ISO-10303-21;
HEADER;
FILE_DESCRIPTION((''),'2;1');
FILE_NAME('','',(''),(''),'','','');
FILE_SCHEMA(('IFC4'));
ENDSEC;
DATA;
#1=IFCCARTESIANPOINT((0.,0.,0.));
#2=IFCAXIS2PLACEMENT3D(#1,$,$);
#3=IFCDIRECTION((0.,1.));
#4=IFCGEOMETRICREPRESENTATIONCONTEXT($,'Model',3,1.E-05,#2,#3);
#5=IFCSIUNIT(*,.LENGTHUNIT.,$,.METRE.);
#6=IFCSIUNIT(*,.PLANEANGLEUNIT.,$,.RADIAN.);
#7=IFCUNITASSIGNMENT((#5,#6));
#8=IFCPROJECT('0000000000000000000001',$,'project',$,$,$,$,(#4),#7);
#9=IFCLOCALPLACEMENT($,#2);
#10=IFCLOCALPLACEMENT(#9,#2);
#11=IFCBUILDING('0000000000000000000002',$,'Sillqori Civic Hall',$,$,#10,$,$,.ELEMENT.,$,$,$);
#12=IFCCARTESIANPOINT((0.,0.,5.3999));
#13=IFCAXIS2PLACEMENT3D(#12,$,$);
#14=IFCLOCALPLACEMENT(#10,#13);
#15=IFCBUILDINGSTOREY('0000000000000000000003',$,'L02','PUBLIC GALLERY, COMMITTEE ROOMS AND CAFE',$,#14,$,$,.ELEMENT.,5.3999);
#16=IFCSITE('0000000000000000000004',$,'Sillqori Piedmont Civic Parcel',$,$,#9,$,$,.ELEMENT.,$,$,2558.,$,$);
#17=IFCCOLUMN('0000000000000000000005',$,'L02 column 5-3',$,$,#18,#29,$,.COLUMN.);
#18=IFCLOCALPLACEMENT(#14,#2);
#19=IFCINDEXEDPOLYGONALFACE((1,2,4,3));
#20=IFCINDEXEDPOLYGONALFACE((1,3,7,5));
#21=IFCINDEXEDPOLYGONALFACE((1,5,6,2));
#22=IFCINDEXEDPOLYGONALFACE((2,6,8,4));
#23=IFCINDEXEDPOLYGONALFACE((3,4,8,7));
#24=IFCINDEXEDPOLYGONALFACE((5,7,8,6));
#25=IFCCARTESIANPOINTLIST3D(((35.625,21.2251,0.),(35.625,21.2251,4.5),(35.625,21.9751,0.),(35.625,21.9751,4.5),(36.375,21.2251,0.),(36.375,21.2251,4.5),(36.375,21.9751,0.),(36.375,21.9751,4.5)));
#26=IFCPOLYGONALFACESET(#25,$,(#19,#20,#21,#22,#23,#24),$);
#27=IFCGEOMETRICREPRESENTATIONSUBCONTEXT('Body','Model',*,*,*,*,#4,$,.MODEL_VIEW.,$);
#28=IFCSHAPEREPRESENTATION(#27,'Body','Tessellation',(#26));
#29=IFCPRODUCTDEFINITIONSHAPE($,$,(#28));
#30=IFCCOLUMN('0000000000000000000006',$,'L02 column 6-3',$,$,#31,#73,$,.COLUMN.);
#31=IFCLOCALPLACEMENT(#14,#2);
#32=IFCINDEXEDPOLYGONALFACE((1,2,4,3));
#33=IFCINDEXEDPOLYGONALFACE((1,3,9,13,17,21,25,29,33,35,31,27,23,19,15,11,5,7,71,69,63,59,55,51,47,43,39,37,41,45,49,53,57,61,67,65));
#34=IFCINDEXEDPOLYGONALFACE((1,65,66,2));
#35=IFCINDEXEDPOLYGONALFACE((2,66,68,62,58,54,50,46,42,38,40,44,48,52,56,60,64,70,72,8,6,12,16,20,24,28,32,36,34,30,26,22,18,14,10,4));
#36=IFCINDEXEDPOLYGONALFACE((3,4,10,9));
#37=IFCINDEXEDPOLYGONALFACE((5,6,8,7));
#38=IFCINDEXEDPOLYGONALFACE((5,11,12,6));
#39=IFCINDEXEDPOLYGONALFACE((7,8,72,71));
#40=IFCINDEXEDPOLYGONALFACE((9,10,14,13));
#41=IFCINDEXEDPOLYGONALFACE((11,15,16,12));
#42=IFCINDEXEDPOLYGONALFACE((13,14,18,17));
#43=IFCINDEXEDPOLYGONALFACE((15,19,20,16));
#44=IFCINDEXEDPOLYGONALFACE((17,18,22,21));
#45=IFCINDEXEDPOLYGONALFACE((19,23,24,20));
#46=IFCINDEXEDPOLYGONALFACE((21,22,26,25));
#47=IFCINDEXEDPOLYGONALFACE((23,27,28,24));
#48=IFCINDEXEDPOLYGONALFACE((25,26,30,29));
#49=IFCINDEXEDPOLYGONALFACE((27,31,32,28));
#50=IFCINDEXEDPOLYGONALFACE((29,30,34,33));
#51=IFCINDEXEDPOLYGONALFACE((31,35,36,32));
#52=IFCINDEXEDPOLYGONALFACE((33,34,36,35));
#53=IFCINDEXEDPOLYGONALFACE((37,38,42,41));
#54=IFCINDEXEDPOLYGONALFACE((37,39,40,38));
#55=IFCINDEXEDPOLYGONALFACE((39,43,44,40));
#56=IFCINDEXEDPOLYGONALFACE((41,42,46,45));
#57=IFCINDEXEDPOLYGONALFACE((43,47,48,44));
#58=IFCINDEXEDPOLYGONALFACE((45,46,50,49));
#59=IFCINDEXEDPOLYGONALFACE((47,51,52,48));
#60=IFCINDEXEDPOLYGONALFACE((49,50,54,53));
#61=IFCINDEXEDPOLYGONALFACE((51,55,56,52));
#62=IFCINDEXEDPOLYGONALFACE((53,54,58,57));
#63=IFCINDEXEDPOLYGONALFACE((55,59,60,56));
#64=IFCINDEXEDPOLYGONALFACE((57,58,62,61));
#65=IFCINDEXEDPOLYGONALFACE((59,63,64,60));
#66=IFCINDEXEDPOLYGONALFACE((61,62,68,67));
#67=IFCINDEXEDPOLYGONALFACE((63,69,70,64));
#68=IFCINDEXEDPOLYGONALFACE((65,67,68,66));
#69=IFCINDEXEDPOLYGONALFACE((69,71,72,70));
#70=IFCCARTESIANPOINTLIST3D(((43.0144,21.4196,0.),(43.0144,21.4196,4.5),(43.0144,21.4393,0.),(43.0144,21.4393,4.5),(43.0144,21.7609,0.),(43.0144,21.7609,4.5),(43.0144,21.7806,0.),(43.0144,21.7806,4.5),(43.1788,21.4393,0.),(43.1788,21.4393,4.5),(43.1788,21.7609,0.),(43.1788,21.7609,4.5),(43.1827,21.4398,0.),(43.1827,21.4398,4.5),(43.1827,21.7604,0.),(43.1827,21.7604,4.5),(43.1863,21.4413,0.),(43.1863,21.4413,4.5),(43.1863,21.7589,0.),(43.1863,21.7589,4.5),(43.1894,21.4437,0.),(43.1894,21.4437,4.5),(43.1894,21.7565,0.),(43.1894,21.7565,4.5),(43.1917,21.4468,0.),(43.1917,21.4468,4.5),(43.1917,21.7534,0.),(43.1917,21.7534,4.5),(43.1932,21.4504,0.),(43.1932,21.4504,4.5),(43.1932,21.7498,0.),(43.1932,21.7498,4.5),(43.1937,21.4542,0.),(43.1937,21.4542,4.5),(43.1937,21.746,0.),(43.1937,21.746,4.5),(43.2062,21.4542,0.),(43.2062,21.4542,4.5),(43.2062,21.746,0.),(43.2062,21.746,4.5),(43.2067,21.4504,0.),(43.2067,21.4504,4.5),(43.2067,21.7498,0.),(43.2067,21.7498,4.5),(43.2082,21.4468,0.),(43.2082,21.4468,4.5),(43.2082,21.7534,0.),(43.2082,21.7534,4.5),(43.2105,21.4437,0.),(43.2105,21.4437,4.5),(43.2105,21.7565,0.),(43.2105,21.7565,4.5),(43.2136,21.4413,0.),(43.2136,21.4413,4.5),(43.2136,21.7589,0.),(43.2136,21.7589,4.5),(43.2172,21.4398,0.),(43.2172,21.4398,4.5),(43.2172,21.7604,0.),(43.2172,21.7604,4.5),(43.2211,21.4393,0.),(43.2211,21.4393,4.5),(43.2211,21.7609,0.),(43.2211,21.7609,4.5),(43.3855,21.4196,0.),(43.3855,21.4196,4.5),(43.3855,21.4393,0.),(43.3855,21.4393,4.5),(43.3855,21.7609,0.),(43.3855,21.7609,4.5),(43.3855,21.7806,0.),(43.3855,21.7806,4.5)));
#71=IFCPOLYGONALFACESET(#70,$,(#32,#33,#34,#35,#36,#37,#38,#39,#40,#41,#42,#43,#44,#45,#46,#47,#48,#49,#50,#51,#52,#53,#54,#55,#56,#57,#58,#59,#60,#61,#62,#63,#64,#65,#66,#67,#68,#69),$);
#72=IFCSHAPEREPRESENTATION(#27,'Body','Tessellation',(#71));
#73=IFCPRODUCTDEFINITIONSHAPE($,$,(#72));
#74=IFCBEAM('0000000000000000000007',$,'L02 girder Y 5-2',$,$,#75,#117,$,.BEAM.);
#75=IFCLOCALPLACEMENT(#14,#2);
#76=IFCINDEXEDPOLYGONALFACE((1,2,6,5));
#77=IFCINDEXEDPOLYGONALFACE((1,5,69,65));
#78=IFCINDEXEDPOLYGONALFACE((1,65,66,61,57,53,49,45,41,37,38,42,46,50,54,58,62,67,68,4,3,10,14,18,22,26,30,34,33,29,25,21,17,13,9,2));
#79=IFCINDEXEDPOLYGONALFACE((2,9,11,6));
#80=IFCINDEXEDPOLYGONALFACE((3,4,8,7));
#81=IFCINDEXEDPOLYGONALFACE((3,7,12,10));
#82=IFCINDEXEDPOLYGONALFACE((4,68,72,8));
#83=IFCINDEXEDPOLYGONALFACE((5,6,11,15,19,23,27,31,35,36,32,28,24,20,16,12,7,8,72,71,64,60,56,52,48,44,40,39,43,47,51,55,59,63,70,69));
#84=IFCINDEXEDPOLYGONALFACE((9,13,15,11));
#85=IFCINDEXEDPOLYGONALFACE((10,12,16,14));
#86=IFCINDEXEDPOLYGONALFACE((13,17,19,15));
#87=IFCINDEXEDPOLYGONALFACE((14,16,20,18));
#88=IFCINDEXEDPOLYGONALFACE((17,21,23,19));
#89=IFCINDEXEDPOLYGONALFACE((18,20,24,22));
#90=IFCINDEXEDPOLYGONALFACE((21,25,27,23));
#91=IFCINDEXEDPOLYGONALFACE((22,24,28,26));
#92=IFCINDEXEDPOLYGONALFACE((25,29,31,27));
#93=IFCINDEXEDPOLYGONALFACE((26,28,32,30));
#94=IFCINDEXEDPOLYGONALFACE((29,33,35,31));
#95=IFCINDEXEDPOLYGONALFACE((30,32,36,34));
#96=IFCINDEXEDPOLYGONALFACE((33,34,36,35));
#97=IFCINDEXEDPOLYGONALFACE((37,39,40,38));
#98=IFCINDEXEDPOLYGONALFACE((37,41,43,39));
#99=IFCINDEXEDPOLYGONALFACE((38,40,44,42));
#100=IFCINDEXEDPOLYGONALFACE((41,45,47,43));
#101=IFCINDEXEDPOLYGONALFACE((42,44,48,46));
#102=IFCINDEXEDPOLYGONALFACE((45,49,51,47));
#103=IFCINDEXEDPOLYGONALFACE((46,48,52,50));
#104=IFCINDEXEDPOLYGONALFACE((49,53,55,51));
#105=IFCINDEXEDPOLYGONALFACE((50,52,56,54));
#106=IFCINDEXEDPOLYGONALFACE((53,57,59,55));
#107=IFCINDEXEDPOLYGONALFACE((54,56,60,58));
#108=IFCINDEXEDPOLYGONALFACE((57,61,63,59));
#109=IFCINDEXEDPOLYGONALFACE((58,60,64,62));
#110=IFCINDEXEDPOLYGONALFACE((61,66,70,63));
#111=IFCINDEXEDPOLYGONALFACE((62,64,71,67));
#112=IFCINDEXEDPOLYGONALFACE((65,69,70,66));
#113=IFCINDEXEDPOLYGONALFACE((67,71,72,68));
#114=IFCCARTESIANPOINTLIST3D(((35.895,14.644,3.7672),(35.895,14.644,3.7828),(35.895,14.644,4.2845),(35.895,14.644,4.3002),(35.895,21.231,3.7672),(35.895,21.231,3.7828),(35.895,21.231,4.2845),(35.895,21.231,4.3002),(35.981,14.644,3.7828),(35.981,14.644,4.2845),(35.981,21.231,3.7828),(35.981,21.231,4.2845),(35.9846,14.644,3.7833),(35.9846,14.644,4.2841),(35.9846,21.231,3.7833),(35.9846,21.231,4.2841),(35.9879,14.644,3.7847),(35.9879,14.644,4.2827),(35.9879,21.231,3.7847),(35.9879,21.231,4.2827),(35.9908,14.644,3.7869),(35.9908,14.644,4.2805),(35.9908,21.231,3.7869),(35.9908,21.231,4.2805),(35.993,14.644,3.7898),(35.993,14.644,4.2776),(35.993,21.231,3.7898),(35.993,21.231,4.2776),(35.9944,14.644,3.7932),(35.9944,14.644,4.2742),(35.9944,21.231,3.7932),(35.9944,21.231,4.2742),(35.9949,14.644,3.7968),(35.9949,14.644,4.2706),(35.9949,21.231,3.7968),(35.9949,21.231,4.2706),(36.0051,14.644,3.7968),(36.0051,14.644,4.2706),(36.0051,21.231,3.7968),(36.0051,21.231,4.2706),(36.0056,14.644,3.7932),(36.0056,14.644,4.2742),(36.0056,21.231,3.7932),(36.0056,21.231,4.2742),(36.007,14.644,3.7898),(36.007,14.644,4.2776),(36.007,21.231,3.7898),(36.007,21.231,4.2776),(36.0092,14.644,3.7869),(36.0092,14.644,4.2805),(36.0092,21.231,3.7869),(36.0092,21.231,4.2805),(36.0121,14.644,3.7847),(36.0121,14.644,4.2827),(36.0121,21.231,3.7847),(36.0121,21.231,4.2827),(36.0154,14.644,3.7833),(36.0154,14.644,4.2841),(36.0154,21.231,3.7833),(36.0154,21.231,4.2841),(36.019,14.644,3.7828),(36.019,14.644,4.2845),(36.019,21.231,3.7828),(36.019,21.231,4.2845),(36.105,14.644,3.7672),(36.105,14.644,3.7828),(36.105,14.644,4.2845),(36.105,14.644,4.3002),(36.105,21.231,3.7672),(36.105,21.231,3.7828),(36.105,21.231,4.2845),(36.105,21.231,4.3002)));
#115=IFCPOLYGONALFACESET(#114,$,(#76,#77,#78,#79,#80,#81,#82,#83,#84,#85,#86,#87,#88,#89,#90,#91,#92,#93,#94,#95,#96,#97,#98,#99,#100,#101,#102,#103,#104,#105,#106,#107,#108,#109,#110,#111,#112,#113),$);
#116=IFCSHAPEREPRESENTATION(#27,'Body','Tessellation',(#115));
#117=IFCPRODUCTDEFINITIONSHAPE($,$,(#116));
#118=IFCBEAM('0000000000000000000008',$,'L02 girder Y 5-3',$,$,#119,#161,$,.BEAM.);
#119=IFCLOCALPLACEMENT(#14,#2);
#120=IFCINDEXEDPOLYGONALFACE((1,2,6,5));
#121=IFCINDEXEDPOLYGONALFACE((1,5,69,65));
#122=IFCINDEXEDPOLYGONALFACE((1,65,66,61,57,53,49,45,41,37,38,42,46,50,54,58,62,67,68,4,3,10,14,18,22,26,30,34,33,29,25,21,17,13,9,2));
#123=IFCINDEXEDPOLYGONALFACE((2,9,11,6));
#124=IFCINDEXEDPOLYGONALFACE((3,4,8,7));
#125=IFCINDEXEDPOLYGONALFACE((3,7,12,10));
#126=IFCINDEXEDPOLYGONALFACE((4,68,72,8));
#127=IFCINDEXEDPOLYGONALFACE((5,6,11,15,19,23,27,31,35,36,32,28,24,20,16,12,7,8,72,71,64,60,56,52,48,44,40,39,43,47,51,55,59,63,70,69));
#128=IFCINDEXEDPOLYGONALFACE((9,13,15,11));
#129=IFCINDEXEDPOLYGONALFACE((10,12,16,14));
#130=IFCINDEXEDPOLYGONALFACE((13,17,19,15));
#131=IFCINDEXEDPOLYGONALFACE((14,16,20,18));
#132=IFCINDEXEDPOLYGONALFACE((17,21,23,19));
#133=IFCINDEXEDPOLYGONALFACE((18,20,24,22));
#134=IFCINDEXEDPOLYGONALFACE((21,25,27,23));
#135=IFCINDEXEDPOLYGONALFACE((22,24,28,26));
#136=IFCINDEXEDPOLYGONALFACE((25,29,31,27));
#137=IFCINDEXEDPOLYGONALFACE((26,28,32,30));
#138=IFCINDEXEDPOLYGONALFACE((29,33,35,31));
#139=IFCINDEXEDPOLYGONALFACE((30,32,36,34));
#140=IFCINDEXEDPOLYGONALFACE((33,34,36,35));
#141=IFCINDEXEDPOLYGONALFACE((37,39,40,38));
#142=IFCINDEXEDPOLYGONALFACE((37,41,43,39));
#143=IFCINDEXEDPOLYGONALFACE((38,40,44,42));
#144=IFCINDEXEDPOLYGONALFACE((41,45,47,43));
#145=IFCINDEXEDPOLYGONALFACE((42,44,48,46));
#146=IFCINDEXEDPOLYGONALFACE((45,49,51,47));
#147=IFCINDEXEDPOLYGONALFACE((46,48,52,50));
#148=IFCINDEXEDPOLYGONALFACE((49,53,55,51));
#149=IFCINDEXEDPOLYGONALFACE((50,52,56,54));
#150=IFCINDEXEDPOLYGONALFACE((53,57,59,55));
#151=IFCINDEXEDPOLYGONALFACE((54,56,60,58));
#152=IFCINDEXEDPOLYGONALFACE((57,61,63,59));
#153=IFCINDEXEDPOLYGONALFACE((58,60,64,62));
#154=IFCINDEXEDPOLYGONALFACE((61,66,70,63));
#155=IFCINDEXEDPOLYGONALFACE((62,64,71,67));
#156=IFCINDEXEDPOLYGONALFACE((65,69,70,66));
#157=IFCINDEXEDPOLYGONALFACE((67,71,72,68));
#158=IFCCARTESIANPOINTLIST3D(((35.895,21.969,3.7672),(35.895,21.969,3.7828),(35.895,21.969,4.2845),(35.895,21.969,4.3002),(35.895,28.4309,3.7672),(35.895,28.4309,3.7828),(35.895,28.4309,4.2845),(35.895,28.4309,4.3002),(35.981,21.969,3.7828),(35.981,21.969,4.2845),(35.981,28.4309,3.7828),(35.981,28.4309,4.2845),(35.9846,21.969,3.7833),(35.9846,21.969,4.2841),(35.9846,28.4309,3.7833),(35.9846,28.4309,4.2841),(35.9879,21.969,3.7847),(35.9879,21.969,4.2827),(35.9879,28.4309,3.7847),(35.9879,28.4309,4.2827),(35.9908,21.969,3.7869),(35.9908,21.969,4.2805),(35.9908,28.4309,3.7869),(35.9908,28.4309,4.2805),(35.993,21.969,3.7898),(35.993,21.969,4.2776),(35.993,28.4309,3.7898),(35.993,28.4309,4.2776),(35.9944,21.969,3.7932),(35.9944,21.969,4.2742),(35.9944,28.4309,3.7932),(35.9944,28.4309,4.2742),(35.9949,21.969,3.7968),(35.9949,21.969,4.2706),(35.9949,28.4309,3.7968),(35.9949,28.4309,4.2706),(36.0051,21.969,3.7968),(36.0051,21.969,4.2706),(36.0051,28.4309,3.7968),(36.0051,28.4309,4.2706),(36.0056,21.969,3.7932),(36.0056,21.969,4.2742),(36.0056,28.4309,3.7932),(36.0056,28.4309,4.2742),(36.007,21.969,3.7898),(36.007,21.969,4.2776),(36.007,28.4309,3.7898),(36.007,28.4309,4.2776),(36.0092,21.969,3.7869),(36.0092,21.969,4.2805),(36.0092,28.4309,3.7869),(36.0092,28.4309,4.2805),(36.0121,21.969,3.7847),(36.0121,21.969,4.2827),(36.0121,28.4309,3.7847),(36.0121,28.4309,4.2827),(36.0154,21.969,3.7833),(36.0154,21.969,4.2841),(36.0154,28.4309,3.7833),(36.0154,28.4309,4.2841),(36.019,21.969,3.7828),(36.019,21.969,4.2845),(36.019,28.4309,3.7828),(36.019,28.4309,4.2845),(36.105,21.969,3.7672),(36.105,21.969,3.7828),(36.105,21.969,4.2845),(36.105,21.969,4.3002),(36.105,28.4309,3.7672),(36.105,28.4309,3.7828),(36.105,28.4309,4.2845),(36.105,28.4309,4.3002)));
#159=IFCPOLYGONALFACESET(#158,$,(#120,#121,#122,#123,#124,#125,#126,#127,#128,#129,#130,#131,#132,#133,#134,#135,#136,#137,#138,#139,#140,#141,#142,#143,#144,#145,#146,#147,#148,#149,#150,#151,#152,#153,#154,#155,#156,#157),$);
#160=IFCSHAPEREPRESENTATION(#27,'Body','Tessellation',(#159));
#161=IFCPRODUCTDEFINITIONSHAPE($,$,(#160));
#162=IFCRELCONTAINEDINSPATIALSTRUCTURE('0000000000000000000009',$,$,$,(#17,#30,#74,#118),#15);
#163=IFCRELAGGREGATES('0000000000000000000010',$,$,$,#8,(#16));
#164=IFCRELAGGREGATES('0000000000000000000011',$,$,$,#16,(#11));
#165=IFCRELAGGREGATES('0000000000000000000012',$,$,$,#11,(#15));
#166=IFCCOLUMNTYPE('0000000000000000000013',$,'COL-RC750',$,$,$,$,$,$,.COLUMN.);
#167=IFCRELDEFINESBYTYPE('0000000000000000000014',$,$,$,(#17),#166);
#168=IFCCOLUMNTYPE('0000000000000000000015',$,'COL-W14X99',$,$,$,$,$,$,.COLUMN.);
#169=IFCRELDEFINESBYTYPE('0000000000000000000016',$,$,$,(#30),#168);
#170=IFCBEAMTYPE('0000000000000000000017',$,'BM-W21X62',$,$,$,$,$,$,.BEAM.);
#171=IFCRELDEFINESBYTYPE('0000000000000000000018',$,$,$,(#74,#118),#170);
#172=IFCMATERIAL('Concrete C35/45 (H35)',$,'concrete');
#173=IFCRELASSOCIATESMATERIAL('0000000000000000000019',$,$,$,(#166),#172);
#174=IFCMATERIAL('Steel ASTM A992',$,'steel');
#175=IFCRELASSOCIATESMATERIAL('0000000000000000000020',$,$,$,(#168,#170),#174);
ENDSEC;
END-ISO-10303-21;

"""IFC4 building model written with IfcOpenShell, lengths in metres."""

from ifc_helpers import new_model, si_unit, direction, frame, origin, origin_2d, place, context, subcontext, project, spatial, rectangle, i_section, extrude, material, material_profile, profile_set, type_object, element, save


model = new_model("IFC4")

# Units and contexts
model_context = context("Model", 3, precision=1e-05, world=origin(), true_north=direction((0.0, 1.0)))
body_context = subcontext(model_context, "Body", "Model", "MODEL_VIEW")
ifc_project = project(units=[si_unit("LENGTHUNIT", "METRE"), si_unit("PLANEANGLEUNIT", "RADIAN")], contexts=[model_context])

# Site, building, storey
site_placement = place(None, origin())
site = spatial("IfcSite", under=ifc_project, at=site_placement, Name="Sillqori Piedmont Civic Parcel", CompositionType="ELEMENT", RefElevation=2558.0)
building_placement = place(site_placement, origin())
building = spatial("IfcBuilding", under=site, at=building_placement, Name="Sillqori Civic Hall", CompositionType="ELEMENT")
storey_placement = place(building_placement, frame((0.0, 0.0, 5.3999)))
storey = spatial("IfcBuildingStorey", under=building, at=storey_placement, Name="L02", Description="PUBLIC GALLERY, COMMITTEE ROOMS AND CAFE", CompositionType="ELEMENT", Elevation=5.3999)

# Columns
ifc_material_1 = material(Name="Concrete C35/45 (H35)", Category="concrete")
ifc_material_profile_1 = material_profile(ifc_material_1, rectangle(XDim=0.75, YDim=0.75, at=origin_2d()), Name="RC 750x750")
ifc_profile_set_1 = profile_set([ifc_material_profile_1], Name="Concrete C35/45 (H35)")
column_type_1 = type_object("IfcColumnType", Name="COL-RC750", PredefinedType="COLUMN", material=ifc_profile_set_1)
column_1_placement = place(storey_placement, frame((36.0, 21.6001, 0.0), z_axis=(0.0, 0.0, 1.0), x_axis=(1.0, 0.0, 0.0)))
element("IfcColumn", 1, at=column_1_placement, inside=storey, type_object=column_type_1, Name="L02 column 5-3", PredefinedType="COLUMN", context=body_context, shape_type="SweptSolid", body=[
    extrude(rectangle(XDim=0.75, YDim=0.75, at=origin_2d()), origin(), (0.0, 0.0, 1.0), 4.5),
])
ifc_material_2 = material(Name="Steel ASTM A992", Category="steel")
ifc_material_profile_2 = material_profile(ifc_material_2, i_section(OverallWidth=0.3711, OverallDepth=0.3611, WebThickness=0.0125, FlangeThickness=0.0198, FilletRadius=0.0149, at=origin_2d()), Name="W14X99")
ifc_profile_set_2 = profile_set([ifc_material_profile_2], Name="Steel ASTM A992")
column_type_2 = type_object("IfcColumnType", Name="COL-W14X99", PredefinedType="COLUMN", material=ifc_profile_set_2)
column_2_placement = place(storey_placement, frame((43.2, 21.6001, 0.0), z_axis=(0.0, 0.0, 1.0), x_axis=(1.0, 0.0, 0.0)))
element("IfcColumn", 2, at=column_2_placement, inside=storey, type_object=column_type_2, Name="L02 column 6-3", PredefinedType="COLUMN", context=body_context, shape_type="SweptSolid", body=[
    extrude(i_section(OverallWidth=0.3711, OverallDepth=0.3611, WebThickness=0.0125, FlangeThickness=0.0198, FilletRadius=0.0149, at=origin_2d()), origin(), (0.0, 0.0, 1.0), 4.5),
])

# Beams
ifc_material_profile_3 = material_profile(ifc_material_2, i_section(OverallWidth=0.21, OverallDepth=0.533, WebThickness=0.0103, FlangeThickness=0.0156, FilletRadius=0.0139, at=origin_2d()), Name="W21X62")
ifc_profile_set_3 = profile_set([ifc_material_profile_3], Name="Steel ASTM A992")
beam_type_1 = type_object("IfcBeamType", Name="BM-W21X62", PredefinedType="BEAM", material=ifc_profile_set_3)
beam_1_placement = place(storey_placement, frame((36.0, 14.644, 4.0337), z_axis=(0.0, 1.0, 0.0), x_axis=(-1.0, 0.0, 0.0)))
element("IfcBeam", 3, at=beam_1_placement, inside=storey, type_object=beam_type_1, Name="L02 girder Y 5-2", PredefinedType="BEAM", context=body_context, shape_type="SweptSolid", body=[
    extrude(i_section(OverallWidth=0.21, OverallDepth=0.533, WebThickness=0.0103, FlangeThickness=0.0156, FilletRadius=0.0139, at=origin_2d()), origin(), (0.0, 0.0, 1.0), 6.5869),
])
beam_2_placement = place(storey_placement, frame((36.0, 21.969, 4.0337), z_axis=(0.0, 1.0, 0.0), x_axis=(-1.0, 0.0, 0.0)))
element("IfcBeam", 4, at=beam_2_placement, inside=storey, type_object=beam_type_1, Name="L02 girder Y 5-3", PredefinedType="BEAM", context=body_context, shape_type="SweptSolid", body=[
    extrude(i_section(OverallWidth=0.21, OverallDepth=0.533, WebThickness=0.0103, FlangeThickness=0.0156, FilletRadius=0.0139, at=origin_2d()), origin(), (0.0, 0.0, 1.0), 6.4619),
])

save(model, "model.ifc")
